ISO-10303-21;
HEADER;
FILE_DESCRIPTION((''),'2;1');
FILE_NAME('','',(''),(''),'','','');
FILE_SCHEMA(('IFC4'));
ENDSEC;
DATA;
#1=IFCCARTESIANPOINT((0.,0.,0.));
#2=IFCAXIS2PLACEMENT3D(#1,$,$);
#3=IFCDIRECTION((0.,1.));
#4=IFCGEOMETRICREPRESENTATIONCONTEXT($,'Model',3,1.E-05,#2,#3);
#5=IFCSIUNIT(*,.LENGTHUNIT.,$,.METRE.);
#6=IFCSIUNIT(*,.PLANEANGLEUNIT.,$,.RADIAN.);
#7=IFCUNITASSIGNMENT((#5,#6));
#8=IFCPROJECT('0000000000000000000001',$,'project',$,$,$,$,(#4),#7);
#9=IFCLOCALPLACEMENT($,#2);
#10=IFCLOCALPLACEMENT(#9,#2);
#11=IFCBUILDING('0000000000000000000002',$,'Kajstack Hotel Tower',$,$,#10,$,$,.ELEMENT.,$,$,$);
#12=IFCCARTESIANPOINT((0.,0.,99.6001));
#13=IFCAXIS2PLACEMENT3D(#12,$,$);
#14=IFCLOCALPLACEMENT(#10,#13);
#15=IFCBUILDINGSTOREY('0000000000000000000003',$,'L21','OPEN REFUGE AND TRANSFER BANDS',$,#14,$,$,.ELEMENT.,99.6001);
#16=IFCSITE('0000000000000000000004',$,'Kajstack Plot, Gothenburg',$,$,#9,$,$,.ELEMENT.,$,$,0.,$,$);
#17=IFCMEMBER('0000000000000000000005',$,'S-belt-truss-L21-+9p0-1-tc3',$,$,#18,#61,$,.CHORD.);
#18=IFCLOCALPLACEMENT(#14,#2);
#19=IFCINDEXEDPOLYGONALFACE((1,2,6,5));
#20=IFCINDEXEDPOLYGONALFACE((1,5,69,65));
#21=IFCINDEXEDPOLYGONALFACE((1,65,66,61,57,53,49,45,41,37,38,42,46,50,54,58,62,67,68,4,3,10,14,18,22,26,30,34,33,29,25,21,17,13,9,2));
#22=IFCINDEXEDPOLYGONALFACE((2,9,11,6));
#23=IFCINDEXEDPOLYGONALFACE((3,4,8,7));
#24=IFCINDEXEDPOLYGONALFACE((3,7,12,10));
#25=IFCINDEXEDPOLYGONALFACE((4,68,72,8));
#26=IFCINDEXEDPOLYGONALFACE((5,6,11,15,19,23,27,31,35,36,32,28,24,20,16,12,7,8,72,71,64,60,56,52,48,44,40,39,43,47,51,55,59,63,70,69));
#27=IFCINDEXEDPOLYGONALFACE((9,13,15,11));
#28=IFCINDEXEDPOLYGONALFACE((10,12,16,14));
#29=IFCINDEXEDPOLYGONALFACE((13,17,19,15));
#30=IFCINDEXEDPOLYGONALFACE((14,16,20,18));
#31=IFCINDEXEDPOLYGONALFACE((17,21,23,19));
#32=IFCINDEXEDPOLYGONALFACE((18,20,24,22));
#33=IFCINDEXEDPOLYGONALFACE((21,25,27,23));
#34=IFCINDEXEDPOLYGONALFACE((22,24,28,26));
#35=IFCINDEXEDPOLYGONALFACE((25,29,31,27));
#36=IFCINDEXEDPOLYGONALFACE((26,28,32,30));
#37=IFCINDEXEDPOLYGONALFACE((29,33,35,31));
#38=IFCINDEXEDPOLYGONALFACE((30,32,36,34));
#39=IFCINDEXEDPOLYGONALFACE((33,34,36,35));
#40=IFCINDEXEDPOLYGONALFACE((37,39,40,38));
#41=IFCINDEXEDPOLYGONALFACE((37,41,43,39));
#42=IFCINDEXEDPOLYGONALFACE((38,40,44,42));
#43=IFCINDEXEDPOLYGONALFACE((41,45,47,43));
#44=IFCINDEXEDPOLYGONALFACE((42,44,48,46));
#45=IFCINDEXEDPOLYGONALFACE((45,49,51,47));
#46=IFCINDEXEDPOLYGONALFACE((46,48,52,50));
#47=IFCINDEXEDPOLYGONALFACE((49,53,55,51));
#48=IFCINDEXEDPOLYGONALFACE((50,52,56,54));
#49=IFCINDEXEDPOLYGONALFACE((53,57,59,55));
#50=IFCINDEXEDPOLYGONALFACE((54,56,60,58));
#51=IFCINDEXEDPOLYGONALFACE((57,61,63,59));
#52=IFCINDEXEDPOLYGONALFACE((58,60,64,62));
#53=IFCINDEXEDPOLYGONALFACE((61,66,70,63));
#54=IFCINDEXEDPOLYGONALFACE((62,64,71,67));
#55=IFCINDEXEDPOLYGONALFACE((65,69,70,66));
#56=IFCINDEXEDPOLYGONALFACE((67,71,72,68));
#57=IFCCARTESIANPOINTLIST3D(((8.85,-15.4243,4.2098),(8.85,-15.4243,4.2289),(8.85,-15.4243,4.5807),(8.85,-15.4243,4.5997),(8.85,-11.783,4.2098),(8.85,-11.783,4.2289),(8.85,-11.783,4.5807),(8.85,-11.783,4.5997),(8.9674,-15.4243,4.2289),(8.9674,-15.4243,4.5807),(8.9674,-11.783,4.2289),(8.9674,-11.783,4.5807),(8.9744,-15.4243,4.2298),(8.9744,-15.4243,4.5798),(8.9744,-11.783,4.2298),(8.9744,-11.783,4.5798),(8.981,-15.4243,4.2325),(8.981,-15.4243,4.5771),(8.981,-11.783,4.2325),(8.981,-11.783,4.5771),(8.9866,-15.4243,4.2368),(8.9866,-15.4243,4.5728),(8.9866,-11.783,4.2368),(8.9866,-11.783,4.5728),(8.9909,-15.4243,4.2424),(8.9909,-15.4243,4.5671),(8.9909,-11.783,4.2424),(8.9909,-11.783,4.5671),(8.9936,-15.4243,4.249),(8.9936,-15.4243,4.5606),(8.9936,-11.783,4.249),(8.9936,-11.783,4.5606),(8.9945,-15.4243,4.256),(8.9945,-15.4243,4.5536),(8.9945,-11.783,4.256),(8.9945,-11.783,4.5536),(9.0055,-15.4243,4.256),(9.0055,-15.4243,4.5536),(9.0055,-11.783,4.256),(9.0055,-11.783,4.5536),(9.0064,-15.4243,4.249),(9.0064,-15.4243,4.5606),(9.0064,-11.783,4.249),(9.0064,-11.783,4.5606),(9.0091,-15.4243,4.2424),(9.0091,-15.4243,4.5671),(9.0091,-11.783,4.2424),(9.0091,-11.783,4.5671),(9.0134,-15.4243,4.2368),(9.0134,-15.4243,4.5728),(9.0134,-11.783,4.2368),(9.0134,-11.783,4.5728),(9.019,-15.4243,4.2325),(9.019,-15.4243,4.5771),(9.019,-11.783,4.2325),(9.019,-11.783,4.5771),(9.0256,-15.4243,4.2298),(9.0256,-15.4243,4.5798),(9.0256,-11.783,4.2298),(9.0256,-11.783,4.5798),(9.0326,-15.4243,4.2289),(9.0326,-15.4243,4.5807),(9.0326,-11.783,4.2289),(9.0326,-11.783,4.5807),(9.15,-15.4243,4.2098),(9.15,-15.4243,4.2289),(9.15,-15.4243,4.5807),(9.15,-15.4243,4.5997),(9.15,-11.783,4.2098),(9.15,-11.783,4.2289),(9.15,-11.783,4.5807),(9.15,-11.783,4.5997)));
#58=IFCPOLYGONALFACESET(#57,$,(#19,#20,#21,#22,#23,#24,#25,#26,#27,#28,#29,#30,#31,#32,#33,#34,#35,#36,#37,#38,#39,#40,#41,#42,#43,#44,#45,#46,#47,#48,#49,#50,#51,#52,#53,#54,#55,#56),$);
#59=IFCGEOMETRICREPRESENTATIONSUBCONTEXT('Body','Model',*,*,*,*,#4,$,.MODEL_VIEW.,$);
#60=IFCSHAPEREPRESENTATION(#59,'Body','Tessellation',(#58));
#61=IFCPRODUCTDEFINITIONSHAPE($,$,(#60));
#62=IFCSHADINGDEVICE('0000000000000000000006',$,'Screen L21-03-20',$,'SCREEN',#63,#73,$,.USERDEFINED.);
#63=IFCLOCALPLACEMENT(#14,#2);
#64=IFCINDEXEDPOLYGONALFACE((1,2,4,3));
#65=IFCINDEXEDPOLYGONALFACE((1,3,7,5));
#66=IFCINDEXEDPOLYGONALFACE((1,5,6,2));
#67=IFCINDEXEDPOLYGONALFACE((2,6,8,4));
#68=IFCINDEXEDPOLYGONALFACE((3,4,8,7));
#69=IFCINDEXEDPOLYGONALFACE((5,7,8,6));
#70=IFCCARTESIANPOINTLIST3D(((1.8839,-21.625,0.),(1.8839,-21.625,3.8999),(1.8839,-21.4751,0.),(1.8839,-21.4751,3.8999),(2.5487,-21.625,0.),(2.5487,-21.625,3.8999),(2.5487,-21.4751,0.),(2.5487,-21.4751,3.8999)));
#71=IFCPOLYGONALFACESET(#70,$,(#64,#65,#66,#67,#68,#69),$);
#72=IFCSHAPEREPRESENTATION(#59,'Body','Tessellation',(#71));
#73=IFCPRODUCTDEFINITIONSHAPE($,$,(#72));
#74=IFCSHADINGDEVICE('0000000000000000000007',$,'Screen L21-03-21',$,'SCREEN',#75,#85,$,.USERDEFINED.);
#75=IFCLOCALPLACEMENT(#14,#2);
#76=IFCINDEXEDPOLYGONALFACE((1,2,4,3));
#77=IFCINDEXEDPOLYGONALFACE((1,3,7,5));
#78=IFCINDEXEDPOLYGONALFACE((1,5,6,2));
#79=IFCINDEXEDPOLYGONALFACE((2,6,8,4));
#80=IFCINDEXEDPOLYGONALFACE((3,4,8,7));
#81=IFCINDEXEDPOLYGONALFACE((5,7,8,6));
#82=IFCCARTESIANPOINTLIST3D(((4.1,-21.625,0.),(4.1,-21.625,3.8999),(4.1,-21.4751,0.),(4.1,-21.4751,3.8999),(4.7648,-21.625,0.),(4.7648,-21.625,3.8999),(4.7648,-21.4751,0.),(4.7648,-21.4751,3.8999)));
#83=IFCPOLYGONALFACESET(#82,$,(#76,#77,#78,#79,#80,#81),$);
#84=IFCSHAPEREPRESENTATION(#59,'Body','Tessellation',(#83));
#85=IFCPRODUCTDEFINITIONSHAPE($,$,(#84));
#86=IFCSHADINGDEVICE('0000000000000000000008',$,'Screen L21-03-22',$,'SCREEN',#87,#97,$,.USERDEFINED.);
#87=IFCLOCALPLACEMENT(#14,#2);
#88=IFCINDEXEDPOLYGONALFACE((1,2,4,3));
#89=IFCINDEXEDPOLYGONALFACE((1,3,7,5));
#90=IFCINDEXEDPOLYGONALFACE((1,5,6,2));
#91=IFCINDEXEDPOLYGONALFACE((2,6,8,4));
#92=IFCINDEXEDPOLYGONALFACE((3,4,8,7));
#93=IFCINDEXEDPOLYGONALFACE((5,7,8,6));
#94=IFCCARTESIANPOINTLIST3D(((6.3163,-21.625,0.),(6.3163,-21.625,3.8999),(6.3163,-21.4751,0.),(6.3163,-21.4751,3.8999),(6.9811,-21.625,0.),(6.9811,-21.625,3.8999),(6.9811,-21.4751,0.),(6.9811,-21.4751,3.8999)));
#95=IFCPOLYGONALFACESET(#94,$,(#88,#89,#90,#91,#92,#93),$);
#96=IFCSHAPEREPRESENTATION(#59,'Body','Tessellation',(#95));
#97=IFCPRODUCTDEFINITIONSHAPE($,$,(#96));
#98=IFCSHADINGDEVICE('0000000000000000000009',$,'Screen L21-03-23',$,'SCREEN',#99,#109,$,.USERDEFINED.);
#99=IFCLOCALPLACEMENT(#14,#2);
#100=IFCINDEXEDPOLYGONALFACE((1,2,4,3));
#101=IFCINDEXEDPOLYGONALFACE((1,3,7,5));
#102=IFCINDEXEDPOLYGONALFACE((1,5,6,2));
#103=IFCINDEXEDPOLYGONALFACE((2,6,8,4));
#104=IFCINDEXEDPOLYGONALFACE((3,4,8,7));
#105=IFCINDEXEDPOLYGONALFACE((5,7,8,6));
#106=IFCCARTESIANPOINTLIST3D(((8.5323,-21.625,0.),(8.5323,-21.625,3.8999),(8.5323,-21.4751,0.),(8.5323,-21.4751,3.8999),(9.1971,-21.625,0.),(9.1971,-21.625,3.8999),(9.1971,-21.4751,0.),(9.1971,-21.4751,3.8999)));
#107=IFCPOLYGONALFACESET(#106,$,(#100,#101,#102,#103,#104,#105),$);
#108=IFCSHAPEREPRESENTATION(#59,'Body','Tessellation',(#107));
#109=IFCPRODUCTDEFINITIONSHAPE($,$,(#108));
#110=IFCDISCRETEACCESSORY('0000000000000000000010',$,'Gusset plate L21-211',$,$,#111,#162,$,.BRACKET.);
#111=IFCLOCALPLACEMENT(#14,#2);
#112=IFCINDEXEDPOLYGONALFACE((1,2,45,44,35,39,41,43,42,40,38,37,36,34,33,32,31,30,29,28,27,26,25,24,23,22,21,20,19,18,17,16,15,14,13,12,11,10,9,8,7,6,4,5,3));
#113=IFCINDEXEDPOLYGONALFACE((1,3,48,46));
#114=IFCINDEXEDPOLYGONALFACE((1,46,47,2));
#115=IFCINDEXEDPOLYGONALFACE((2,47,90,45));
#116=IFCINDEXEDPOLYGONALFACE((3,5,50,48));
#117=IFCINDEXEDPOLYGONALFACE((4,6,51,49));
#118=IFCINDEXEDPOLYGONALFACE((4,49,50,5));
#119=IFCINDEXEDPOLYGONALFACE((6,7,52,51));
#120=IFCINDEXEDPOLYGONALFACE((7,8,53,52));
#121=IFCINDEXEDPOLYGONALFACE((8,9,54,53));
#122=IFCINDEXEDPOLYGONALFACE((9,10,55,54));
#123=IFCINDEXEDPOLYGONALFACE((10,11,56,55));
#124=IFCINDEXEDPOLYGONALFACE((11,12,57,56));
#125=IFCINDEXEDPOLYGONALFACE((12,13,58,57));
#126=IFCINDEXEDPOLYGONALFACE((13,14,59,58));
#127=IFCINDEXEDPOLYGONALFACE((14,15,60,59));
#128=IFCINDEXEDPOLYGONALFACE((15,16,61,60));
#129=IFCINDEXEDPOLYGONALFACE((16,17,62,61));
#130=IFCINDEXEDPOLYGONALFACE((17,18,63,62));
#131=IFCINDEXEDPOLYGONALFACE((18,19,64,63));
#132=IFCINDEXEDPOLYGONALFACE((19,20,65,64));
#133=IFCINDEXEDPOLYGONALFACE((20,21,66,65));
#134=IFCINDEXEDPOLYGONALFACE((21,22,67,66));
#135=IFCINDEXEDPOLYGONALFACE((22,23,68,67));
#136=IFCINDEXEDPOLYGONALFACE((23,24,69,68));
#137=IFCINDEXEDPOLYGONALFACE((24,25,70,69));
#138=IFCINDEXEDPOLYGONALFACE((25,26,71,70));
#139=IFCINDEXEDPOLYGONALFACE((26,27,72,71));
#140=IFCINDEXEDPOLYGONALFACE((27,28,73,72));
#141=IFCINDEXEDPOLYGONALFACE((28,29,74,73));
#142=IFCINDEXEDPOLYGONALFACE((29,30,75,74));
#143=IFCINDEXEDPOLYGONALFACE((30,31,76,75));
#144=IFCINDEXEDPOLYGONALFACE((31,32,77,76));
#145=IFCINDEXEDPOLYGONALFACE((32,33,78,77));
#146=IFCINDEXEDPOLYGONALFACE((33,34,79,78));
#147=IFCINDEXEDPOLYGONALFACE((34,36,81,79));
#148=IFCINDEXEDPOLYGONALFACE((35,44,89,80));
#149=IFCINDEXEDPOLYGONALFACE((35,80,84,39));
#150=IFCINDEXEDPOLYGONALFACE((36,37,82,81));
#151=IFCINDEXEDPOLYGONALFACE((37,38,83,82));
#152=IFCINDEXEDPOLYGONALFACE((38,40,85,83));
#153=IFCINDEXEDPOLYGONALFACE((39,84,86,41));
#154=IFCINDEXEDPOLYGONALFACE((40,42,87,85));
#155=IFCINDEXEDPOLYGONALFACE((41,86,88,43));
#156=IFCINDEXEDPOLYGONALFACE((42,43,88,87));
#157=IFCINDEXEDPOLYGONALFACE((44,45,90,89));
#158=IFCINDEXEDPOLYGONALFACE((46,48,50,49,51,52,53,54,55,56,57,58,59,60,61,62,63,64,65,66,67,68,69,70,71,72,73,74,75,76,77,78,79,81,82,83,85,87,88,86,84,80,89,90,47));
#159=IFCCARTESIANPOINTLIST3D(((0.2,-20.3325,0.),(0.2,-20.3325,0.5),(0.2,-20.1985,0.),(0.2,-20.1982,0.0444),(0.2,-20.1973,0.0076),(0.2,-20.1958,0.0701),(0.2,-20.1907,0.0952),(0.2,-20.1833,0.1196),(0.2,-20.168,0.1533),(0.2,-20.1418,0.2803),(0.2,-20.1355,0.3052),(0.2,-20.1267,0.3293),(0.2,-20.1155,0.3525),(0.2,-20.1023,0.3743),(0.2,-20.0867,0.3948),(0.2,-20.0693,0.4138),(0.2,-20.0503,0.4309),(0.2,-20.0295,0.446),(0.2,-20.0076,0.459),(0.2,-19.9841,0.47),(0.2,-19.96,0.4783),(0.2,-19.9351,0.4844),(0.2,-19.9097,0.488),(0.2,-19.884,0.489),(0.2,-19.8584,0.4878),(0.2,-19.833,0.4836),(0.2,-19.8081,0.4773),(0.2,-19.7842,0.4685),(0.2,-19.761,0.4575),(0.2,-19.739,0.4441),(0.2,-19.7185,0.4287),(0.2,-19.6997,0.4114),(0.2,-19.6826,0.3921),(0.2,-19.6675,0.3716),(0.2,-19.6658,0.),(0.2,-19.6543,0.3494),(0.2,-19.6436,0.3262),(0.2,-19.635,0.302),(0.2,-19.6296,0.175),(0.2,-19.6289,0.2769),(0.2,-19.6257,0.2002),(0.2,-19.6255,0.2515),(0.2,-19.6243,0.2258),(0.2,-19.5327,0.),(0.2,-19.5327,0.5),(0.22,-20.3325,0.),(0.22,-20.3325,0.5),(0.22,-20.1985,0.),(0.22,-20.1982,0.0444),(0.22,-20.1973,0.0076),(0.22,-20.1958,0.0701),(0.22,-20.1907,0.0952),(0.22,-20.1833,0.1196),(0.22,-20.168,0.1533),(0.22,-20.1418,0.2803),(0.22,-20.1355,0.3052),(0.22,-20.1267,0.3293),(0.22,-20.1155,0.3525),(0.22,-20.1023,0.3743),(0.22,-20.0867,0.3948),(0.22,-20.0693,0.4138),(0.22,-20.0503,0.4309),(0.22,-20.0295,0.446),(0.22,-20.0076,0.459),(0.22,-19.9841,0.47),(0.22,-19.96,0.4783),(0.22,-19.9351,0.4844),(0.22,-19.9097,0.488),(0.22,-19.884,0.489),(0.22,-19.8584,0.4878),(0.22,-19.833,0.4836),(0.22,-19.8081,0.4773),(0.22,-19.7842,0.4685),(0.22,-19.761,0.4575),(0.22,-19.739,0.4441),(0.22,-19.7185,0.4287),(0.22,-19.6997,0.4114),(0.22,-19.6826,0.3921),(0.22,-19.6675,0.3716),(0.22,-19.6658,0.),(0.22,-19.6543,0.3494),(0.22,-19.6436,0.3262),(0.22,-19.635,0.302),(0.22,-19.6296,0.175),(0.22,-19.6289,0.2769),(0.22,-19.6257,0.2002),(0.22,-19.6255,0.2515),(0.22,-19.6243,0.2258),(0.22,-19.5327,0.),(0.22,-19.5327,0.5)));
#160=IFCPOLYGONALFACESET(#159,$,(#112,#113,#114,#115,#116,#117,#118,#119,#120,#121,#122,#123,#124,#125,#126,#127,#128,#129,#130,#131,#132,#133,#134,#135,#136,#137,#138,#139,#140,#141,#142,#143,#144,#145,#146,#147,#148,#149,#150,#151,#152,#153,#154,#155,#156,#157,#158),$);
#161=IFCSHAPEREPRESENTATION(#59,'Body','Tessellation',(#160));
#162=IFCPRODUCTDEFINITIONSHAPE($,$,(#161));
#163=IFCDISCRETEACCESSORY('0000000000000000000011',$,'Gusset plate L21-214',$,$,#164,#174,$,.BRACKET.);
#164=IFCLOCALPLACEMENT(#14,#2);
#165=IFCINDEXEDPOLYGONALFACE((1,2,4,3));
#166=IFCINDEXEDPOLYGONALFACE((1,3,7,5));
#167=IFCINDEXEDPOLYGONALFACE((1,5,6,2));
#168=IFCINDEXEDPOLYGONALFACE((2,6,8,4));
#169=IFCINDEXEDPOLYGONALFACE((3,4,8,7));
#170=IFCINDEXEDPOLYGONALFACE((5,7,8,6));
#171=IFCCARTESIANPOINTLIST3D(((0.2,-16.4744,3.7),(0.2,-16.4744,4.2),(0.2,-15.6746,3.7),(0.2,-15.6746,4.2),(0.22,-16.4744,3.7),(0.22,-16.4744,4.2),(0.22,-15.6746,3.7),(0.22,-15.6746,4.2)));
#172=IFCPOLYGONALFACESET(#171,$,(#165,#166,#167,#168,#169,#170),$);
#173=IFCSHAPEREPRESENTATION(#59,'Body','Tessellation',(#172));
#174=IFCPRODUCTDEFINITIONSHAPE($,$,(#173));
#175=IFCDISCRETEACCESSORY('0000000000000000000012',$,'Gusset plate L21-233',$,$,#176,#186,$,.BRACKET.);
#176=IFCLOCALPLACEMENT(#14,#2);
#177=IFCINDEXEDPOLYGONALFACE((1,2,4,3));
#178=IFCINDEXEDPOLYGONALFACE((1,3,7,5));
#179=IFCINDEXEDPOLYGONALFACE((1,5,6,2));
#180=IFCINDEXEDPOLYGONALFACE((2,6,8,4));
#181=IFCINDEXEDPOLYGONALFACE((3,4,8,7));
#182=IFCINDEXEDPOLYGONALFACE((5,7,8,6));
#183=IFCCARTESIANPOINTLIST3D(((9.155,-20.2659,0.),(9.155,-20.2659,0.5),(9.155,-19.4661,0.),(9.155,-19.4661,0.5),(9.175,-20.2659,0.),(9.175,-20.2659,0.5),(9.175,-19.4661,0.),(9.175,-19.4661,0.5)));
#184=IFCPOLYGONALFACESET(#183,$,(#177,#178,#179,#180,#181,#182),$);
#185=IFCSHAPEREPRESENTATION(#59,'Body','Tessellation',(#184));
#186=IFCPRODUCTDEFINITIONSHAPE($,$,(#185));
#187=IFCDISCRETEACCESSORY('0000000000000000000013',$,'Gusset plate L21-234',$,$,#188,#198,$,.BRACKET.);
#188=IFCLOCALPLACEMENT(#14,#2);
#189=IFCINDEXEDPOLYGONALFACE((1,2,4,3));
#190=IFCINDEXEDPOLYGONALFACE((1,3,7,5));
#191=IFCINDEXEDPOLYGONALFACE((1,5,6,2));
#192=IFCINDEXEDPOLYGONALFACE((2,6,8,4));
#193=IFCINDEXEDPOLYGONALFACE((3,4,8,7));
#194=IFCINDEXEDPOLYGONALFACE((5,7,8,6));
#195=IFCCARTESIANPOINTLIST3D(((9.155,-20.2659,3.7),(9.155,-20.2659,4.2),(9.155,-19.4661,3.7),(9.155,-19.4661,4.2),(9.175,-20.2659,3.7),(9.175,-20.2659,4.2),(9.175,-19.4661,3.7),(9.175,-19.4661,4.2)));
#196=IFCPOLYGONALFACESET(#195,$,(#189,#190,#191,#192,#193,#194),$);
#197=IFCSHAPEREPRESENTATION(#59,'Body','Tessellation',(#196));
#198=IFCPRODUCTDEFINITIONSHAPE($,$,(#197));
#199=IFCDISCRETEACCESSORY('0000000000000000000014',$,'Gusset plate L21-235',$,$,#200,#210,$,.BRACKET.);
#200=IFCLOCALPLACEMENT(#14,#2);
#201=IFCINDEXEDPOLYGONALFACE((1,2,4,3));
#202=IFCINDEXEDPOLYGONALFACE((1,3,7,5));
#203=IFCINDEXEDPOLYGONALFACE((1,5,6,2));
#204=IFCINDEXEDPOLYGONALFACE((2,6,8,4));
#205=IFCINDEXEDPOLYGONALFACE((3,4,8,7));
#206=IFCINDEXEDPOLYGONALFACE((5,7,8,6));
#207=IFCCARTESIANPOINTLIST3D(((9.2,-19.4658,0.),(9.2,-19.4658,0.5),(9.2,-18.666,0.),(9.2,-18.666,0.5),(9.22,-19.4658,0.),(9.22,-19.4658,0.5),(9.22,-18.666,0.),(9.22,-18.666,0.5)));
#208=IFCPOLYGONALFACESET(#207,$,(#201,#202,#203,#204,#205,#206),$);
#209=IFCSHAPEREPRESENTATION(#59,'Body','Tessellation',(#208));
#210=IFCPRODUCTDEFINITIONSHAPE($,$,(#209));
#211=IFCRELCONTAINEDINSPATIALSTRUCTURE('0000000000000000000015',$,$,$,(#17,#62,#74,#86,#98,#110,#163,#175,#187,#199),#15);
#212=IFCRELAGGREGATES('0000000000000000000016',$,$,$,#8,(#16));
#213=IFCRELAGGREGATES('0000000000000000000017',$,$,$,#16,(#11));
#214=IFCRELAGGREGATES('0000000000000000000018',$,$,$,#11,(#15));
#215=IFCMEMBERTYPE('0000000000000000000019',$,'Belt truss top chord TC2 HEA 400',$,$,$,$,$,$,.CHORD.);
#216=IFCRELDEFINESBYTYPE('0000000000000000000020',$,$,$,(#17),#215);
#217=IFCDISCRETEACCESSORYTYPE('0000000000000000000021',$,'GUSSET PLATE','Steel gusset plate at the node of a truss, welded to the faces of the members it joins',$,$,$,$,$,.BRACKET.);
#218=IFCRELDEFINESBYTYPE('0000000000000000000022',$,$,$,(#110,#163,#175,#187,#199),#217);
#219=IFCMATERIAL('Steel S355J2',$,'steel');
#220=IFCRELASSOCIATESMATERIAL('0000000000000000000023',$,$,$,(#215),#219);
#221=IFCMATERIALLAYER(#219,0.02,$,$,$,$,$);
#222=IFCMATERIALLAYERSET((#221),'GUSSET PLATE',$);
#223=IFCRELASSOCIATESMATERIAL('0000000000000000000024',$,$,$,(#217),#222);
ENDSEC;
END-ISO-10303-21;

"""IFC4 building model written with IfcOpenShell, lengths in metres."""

from ifc_helpers import new_model, si_unit, direction, frame, origin, origin_2d, place, context, subcontext, project, spatial, polyline, rectangle, i_section, outline, extrude, material, layer, layer_set, material_profile, profile_set, type_object, element, save


model = new_model("IFC4")

# Units and contexts
model_context = context("Model", 3, precision=1e-05, world=origin(), true_north=direction((0.0, 1.0)))
body_context = subcontext(model_context, "Body", "Model", "MODEL_VIEW")
ifc_project = project(units=[si_unit("LENGTHUNIT", "METRE"), si_unit("PLANEANGLEUNIT", "RADIAN")], contexts=[model_context])

# Site, building, storey
site_placement = place(None, origin())
site = spatial("IfcSite", under=ifc_project, at=site_placement, Name="Kajstack Plot, Gothenburg", CompositionType="ELEMENT", RefElevation=0.0)
building_placement = place(site_placement, origin())
building = spatial("IfcBuilding", under=site, at=building_placement, Name="Kajstack Hotel Tower", CompositionType="ELEMENT")
storey_placement = place(building_placement, frame((0.0, 0.0, 99.6001)))
storey = spatial("IfcBuildingStorey", under=building, at=storey_placement, Name="L21", Description="OPEN REFUGE AND TRANSFER BANDS", CompositionType="ELEMENT", Elevation=99.6001)

# Member
ifc_material = material(Name="Steel S355J2", Category="steel")
ifc_material_profile_1 = material_profile(ifc_material, i_section(OverallWidth=0.3, OverallDepth=0.3899, WebThickness=0.011, FlangeThickness=0.019, FilletRadius=0.0271, at=origin_2d()), Name="HEA 400")
ifc_profile_set_1 = profile_set([ifc_material_profile_1], Name="Steel S355J2")
member_type_1 = type_object("IfcMemberType", Name="Belt truss top chord TC2 HEA 400", PredefinedType="CHORD", material=ifc_profile_set_1)
member_1_placement = place(storey_placement, frame((9.0, -15.4243, 4.4048), z_axis=(0.0, 1.0, 0.0), x_axis=(-1.0, 0.0, 0.0)))
element("IfcMember", 1, at=member_1_placement, inside=storey, type_object=member_type_1, Name="S-belt-truss-L21-+9p0-1-tc3", PredefinedType="CHORD", context=body_context, shape_type="SweptSolid", body=[
    extrude(i_section(OverallWidth=0.3, OverallDepth=0.3899, WebThickness=0.011, FlangeThickness=0.019, FilletRadius=0.0271, at=origin_2d()), origin(), (0.0, 0.0, 1.0), 3.6414),
])

# Shading devices
for number, where, z_axis, x_axis, name in (
    (2, (2.2163, -21.55, 0.0), (0.0, 0.0, 1.0), (1.0, 0.0, 0.0), "Screen L21-03-20"),
    (3, (4.4324, -21.55, 0.0), (0.0, 0.0, 1.0), (1.0, 0.0, 0.0), "Screen L21-03-21"),
    (4, (6.6487, -21.55, 0.0), (0.0, 0.0, 1.0), (1.0, 0.0, 0.0), "Screen L21-03-22"),
    (5, (8.8647, -21.55, 0.0), (0.0, 0.0, 1.0), (1.0, 0.0, 0.0), "Screen L21-03-23"),
):
    element("IfcShadingDevice", number, at=place(storey_placement, frame(where, z_axis=z_axis, x_axis=x_axis)), inside=storey, Name=name, ObjectType="SCREEN", PredefinedType="USERDEFINED", context=body_context, shape_type="SweptSolid", body=[
        extrude(rectangle(XDim=0.6648, YDim=0.1499, at=origin_2d()), origin(), (0.0, 0.0, 1.0), 3.8999),
    ])

# Discrete accessories
ifc_layer = layer(ifc_material, 0.02)
ifc_layer_set = layer_set([ifc_layer], Name="GUSSET PLATE")
discrete_accessory_type = type_object("IfcDiscreteAccessoryType", Name="GUSSET PLATE", Description="Steel gusset plate at the node of a truss, welded to the faces of the members it joins", PredefinedType="BRACKET", material=ifc_layer_set)
discrete_accessory_1_placement = place(storey_placement, frame((0.2, -19.9326, 0.0), z_axis=(1.0, 0.0, 0.0), x_axis=(0.0, 1.0, 0.0)))
element("IfcDiscreteAccessory", 6, at=discrete_accessory_1_placement, inside=storey, type_object=discrete_accessory_type, Name="Gusset plate L21-211", PredefinedType="BRACKET", context=body_context, shape_type="SweptSolid", body=[
    extrude(outline(polyline([(-0.3999, 0.0), (-0.2659, 0.0), (-0.2646, 0.0076), (-0.2656, 0.0444), (-0.2632, 0.0701), (-0.2581, 0.0952), (-0.2507, 0.1196), (-0.2354, 0.1533), (-0.2092, 0.2803), (-0.2029, 0.3052), (-0.1941, 0.3293), (-0.1829, 0.3525), (-0.1697, 0.3743), (-0.1541, 0.3948), (-0.1367, 0.4138), (-0.1177, 0.4309), (-0.0969, 0.446), (-0.075, 0.459), (-0.0515, 0.47), (-0.0273, 0.4783), (-0.0024, 0.4844), (0.0229, 0.488), (0.0486, 0.489), (0.0742, 0.4878), (0.0996, 0.4836), (0.1245, 0.4773), (0.1484, 0.4685), (0.1716, 0.4575), (0.1936, 0.4441), (0.2141, 0.4287), (0.2329, 0.4114), (0.25, 0.3921), (0.2651, 0.3716), (0.2783, 0.3494), (0.2891, 0.3262), (0.2976, 0.302), (0.3037, 0.2769), (0.3071, 0.2515), (0.3083, 0.2258), (0.3069, 0.2002), (0.303, 0.175), (0.2668, 0.0), (0.3999, 0.0), (0.3999, 0.5), (-0.3999, 0.5), (-0.3999, 0.0)])), origin(), (0.0, 0.0, 1.0), 0.02),
])
for number, where, z_axis, x_axis, name in (
    (7, (0.2, -16.0745, 3.7), (1.0, 0.0, 0.0), (0.0, 1.0, 0.0), "Gusset plate L21-214"),
    (8, (9.155, -19.866, 0.0), (1.0, 0.0, 0.0), (0.0, 1.0, 0.0), "Gusset plate L21-233"),
    (9, (9.155, -19.866, 3.7), (1.0, 0.0, 0.0), (0.0, 1.0, 0.0), "Gusset plate L21-234"),
    (10, (9.2, -19.0659, 0.0), (1.0, 0.0, 0.0), (0.0, 1.0, 0.0), "Gusset plate L21-235"),
):
    element("IfcDiscreteAccessory", number, at=place(storey_placement, frame(where, z_axis=z_axis, x_axis=x_axis)), inside=storey, type_object=discrete_accessory_type, Name=name, PredefinedType="BRACKET", context=body_context, shape_type="SweptSolid", body=[
        extrude(outline(polyline([(-0.3999, 0.0), (0.3999, 0.0), (0.3999, 0.5), (-0.3999, 0.5), (-0.3999, 0.0)])), origin(), (0.0, 0.0, 1.0), 0.02),
    ])

save(model, "model.ifc")
